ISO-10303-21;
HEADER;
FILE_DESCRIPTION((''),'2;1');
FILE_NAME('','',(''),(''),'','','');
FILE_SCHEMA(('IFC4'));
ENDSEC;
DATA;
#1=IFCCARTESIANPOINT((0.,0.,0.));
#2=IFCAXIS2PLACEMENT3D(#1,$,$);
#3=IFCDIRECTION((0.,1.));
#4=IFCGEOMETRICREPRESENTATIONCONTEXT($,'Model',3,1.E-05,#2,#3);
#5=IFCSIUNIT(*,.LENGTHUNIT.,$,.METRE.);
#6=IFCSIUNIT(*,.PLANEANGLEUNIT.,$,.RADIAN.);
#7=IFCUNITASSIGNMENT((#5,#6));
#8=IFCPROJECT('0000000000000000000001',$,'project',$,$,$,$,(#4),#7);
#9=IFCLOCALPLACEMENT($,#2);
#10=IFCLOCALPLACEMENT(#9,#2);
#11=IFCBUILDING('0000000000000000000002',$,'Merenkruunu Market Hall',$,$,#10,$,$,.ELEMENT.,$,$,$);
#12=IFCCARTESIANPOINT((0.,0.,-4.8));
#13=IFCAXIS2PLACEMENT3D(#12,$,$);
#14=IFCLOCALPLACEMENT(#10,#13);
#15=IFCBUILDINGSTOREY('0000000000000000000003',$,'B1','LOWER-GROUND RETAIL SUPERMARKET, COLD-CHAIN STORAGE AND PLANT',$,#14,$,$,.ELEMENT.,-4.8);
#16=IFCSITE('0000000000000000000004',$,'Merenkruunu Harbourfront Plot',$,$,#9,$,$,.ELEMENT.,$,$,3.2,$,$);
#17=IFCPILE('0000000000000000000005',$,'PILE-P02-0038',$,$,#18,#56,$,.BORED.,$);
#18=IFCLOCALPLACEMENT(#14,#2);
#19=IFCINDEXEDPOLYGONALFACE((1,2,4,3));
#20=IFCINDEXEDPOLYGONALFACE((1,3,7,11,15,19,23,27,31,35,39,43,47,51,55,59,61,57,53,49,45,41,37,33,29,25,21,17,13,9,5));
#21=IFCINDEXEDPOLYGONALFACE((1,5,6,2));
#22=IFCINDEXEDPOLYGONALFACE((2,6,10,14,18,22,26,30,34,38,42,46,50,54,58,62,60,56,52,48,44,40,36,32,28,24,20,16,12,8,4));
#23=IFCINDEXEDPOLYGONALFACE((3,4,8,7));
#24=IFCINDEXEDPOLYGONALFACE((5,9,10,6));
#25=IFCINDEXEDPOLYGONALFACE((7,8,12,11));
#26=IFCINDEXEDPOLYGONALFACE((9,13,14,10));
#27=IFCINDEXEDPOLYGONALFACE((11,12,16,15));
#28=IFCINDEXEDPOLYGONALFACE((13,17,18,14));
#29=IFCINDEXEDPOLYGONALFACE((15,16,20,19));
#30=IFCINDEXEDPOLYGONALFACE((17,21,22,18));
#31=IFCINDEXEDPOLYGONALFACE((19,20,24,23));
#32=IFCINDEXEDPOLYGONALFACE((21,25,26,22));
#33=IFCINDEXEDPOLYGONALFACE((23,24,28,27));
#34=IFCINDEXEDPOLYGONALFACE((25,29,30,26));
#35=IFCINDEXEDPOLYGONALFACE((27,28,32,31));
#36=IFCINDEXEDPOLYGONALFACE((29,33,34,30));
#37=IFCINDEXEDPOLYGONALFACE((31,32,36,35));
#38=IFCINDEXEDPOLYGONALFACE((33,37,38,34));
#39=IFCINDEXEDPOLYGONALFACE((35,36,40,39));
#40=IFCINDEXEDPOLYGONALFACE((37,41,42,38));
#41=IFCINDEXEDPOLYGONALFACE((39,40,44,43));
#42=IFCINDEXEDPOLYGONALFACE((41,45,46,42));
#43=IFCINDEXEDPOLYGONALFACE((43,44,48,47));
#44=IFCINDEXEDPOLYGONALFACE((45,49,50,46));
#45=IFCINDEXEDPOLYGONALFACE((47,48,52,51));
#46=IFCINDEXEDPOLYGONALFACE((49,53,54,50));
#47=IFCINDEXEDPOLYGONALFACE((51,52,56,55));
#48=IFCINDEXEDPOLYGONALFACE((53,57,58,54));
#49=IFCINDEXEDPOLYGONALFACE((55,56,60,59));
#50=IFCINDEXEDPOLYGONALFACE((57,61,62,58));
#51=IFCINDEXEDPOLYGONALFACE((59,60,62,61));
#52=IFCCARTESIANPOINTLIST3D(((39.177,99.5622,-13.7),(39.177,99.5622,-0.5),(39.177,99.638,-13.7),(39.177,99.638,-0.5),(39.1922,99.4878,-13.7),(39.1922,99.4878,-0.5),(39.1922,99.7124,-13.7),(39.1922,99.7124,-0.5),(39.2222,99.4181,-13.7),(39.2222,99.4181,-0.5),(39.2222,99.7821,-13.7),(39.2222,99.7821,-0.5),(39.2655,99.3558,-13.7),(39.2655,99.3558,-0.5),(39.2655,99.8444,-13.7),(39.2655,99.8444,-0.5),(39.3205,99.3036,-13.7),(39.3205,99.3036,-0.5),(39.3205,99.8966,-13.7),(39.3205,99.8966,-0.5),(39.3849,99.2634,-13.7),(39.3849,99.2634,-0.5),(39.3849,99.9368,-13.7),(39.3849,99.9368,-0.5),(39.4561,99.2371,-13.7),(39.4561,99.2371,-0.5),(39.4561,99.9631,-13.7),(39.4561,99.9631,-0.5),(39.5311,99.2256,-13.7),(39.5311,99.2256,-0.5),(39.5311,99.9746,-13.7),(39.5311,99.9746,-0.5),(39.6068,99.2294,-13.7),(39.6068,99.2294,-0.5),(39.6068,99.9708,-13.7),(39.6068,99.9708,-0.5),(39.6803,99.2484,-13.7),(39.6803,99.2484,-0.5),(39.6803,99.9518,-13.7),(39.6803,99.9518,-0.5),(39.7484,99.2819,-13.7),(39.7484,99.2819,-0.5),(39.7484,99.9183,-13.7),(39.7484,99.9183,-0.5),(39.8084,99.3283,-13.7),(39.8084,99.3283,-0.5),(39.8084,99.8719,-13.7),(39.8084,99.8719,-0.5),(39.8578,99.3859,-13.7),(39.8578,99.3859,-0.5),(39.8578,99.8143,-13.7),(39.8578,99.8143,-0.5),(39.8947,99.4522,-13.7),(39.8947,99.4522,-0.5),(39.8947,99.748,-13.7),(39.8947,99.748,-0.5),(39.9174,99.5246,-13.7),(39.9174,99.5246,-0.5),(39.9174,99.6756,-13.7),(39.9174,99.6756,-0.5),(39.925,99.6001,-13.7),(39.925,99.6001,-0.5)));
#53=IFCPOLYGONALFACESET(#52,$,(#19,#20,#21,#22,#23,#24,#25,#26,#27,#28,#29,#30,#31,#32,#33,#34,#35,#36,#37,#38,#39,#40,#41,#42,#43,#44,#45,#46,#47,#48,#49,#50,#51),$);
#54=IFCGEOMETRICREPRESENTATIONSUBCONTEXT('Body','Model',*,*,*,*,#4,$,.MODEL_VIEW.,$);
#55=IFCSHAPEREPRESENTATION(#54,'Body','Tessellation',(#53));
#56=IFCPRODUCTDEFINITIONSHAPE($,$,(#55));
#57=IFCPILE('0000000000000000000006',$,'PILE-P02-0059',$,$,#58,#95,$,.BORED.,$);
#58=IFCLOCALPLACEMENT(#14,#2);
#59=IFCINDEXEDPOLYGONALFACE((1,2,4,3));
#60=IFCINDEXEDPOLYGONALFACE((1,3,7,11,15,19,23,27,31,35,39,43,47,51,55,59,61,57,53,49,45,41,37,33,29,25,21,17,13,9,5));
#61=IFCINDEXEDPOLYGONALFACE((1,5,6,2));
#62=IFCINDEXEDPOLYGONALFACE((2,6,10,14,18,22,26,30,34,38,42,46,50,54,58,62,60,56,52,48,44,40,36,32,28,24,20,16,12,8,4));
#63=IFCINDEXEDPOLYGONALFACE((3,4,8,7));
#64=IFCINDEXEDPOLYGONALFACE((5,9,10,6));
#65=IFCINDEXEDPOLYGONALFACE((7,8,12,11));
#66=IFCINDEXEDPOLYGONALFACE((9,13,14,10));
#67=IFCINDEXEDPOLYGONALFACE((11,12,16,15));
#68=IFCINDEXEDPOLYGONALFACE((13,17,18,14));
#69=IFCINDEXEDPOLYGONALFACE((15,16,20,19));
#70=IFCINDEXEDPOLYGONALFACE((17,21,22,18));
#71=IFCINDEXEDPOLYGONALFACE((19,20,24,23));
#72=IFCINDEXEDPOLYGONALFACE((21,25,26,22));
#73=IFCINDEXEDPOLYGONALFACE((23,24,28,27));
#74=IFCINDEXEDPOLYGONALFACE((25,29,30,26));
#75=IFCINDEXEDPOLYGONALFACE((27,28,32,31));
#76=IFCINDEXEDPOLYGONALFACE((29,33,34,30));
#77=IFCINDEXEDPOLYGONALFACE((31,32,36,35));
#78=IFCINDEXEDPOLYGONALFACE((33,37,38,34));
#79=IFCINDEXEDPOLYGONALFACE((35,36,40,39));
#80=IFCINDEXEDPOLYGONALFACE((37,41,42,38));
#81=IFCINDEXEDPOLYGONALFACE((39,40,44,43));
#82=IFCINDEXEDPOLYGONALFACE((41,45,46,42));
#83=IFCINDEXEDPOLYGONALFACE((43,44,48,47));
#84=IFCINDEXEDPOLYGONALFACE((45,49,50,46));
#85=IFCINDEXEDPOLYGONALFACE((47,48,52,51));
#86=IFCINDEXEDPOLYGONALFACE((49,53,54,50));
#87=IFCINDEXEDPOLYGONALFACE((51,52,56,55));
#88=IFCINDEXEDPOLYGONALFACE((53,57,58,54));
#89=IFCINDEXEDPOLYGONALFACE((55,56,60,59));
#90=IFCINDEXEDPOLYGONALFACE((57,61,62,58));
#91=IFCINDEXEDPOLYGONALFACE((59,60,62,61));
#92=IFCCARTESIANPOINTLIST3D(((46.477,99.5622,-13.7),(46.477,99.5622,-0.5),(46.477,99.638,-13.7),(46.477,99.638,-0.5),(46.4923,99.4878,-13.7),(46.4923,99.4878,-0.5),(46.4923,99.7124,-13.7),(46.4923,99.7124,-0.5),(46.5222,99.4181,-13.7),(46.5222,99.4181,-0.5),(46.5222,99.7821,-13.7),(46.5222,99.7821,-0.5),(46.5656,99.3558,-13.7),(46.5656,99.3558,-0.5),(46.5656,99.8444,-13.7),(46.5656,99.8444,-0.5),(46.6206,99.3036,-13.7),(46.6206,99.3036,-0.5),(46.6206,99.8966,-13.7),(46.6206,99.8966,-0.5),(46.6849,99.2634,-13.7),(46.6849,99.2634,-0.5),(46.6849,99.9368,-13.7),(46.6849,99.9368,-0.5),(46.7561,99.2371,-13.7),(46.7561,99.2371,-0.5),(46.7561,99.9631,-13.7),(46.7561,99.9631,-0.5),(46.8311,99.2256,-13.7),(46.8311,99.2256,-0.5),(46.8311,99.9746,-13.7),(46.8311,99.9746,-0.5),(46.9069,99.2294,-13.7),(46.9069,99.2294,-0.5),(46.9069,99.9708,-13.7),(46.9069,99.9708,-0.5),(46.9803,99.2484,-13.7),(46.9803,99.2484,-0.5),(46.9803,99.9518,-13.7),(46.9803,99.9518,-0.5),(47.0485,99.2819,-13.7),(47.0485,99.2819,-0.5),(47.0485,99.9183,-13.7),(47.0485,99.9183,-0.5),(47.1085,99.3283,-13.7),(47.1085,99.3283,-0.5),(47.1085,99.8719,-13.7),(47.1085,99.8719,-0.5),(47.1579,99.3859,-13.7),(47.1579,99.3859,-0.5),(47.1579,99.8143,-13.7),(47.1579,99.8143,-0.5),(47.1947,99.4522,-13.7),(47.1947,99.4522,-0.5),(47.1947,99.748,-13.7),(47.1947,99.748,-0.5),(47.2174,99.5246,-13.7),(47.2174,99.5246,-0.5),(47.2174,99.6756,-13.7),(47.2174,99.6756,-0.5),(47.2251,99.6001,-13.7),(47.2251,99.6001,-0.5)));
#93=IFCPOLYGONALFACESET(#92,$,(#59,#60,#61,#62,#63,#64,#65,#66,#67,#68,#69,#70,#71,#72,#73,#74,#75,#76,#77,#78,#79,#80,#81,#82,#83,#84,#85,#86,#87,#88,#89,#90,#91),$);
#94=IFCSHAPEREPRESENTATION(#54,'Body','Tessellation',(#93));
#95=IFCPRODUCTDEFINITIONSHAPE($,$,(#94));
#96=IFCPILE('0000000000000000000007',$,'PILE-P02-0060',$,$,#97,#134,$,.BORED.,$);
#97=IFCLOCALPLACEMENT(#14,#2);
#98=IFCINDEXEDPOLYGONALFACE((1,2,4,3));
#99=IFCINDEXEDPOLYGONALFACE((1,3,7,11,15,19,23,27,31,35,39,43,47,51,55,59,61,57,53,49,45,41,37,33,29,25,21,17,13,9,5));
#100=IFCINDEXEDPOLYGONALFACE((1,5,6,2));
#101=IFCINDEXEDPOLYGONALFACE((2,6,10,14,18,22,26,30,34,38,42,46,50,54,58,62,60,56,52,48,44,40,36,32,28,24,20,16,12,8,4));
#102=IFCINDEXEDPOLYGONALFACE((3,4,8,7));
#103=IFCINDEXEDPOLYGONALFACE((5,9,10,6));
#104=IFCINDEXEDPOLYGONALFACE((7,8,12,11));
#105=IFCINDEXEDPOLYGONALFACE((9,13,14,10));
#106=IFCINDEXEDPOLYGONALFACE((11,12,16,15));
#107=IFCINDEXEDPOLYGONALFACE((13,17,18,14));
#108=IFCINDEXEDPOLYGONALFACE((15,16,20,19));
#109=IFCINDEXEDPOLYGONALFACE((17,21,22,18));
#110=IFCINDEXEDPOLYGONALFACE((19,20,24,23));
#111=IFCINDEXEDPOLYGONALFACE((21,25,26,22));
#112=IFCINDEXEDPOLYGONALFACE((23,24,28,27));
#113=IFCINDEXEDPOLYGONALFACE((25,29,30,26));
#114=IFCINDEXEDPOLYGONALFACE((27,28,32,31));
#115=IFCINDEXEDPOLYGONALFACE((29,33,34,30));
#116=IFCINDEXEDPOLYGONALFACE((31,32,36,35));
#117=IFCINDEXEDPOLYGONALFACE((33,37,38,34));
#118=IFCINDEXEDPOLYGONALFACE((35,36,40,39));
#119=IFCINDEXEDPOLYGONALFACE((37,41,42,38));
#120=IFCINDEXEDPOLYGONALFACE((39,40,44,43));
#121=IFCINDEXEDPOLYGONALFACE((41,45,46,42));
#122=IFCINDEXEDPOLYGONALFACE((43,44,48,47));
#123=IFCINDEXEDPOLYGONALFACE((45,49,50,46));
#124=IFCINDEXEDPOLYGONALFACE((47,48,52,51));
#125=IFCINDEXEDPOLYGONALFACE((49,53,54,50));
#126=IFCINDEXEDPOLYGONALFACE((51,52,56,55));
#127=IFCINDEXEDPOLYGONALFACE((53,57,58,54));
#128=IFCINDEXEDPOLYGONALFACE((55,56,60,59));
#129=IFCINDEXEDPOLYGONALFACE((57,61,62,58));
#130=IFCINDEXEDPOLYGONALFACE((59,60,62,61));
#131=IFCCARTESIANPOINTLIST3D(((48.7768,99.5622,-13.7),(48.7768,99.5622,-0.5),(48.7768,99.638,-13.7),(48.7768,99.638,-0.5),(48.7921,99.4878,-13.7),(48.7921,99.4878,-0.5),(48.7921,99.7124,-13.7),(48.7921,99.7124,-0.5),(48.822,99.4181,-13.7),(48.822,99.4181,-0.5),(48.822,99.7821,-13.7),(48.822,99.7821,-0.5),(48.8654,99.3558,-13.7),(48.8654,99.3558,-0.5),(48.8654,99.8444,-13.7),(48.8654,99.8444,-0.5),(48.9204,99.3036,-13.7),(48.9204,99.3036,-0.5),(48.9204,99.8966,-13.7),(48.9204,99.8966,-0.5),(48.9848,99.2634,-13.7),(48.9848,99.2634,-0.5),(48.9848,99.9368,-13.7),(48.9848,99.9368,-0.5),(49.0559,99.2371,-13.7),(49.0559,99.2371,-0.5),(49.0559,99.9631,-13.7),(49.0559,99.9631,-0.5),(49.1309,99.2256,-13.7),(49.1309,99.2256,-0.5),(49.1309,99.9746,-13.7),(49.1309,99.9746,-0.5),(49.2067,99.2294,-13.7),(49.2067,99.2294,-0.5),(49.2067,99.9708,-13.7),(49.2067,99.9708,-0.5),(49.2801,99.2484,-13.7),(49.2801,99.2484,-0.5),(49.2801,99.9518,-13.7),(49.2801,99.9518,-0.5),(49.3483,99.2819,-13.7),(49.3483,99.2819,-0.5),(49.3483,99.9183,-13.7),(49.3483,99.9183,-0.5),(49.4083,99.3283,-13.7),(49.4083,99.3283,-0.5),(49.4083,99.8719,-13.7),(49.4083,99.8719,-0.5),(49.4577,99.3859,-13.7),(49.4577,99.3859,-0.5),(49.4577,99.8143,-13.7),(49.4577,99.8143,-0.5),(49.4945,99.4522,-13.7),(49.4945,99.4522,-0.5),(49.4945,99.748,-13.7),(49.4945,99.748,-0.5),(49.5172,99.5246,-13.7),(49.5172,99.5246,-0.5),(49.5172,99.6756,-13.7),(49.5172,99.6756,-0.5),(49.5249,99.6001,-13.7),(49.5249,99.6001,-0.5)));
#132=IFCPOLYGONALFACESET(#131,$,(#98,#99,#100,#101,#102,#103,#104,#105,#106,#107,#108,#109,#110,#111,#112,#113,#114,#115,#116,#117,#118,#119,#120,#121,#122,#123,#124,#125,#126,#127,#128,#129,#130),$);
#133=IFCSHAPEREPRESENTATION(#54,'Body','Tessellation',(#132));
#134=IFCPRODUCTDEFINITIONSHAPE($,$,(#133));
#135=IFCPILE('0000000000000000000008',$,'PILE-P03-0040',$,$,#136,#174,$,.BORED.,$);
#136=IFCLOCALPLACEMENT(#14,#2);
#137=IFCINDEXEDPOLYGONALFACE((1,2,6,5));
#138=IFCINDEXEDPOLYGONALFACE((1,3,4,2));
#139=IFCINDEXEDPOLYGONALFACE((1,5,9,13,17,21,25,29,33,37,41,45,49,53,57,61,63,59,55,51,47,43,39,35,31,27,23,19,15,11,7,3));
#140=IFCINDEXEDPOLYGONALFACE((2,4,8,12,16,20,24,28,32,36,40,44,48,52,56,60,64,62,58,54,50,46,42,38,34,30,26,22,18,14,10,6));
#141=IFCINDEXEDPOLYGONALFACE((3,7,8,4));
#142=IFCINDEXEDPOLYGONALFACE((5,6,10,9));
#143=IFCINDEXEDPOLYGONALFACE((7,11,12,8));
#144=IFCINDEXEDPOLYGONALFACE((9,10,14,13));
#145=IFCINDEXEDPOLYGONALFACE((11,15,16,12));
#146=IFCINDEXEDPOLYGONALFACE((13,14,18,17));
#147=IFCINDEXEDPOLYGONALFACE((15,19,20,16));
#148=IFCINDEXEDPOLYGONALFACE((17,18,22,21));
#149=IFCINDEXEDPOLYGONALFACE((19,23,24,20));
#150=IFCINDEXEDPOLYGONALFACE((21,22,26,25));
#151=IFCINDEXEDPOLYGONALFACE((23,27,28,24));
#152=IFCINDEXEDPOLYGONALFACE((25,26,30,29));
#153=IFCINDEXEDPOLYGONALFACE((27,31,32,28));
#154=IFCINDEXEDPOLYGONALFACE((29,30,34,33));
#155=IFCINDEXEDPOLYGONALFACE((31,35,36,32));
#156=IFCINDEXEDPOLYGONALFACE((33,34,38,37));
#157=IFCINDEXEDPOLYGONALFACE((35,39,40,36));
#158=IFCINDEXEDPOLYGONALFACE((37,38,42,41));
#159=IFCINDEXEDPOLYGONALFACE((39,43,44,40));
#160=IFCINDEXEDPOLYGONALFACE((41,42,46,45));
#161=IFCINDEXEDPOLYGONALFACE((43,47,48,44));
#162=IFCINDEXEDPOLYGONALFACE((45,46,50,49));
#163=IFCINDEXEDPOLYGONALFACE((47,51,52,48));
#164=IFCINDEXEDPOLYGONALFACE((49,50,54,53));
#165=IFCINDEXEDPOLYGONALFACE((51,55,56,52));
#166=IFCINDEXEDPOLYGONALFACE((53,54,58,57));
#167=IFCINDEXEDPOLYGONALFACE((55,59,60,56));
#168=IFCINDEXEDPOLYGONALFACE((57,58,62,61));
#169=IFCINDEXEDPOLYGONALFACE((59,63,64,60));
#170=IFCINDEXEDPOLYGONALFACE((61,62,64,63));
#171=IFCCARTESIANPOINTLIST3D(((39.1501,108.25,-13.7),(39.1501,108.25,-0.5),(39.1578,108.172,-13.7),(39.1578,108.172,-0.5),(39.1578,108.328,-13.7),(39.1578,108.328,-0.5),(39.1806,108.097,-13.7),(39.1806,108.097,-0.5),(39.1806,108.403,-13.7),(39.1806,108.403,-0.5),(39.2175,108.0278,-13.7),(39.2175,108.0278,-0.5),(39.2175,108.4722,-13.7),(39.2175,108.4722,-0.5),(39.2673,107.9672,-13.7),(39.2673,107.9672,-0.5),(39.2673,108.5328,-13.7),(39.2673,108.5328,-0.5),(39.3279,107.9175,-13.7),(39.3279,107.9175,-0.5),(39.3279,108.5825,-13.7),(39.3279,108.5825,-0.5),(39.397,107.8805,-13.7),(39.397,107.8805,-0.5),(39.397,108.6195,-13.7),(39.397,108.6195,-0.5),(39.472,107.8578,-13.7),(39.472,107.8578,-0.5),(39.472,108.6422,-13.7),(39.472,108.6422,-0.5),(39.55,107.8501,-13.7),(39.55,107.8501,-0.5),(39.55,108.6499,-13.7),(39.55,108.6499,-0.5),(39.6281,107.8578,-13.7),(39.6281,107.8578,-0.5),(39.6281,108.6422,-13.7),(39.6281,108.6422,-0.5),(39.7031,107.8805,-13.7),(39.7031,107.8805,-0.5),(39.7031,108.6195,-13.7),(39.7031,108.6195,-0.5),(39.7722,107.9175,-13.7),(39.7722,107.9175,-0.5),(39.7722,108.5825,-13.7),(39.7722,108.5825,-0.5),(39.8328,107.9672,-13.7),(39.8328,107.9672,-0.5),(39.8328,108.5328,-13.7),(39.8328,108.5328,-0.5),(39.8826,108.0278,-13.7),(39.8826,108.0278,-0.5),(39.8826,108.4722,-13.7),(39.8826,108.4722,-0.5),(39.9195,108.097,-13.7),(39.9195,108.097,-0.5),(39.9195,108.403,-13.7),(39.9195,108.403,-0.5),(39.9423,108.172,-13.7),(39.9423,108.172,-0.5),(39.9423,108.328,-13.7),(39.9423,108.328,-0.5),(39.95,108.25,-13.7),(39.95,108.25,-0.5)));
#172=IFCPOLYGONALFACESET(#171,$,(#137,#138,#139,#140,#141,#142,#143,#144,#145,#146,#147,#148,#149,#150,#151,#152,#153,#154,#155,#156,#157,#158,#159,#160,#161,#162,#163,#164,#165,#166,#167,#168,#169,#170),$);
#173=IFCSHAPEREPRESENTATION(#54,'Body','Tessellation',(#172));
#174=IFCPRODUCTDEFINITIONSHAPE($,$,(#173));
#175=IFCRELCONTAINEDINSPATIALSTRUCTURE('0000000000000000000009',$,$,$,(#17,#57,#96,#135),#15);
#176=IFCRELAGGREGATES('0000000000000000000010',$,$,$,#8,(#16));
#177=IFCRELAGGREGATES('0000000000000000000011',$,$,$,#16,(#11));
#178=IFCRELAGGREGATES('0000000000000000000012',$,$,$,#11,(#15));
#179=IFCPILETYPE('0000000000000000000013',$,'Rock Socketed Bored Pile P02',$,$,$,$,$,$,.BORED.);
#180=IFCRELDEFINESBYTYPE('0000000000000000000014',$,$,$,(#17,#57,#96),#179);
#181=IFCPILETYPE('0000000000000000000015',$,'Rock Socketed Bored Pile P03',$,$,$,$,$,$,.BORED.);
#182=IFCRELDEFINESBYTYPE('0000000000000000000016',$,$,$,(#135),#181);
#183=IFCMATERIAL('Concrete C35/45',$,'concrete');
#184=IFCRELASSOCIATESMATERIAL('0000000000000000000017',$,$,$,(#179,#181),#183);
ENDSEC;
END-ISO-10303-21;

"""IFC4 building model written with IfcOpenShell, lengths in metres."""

from ifc_helpers import new_model, si_unit, direction, frame, origin, origin_2d, place, context, subcontext, project, spatial, circle, extrude, material, material_profile, profile_set, type_object, element, save


model = new_model("IFC4")

# Units and contexts
model_context = context("Model", 3, precision=1e-05, world=origin(), true_north=direction((0.0, 1.0)))
body_context = subcontext(model_context, "Body", "Model", "MODEL_VIEW")
ifc_project = project(units=[si_unit("LENGTHUNIT", "METRE"), si_unit("PLANEANGLEUNIT", "RADIAN")], contexts=[model_context])

# Site, building, storey
site_placement = place(None, origin())
site = spatial("IfcSite", under=ifc_project, at=site_placement, Name="Merenkruunu Harbourfront Plot", CompositionType="ELEMENT", RefElevation=3.2)
building_placement = place(site_placement, origin())
building = spatial("IfcBuilding", under=site, at=building_placement, Name="Merenkruunu Market Hall", CompositionType="ELEMENT")
storey_placement = place(building_placement, frame((0.0, 0.0, -4.8)))
storey = spatial("IfcBuildingStorey", under=building, at=storey_placement, Name="B1", Description="LOWER-GROUND RETAIL SUPERMARKET, COLD-CHAIN STORAGE AND PLANT", CompositionType="ELEMENT", Elevation=-4.8)

# Piles
ifc_material_1 = material(Name="Concrete C35/45", Category="concrete")
ifc_material_profile_1 = material_profile(ifc_material_1, circle(Radius=0.375, at=origin_2d()), Name="BORED PILE 750")
ifc_profile_set_1 = profile_set([ifc_material_profile_1], Name="Concrete C35/45")
pile_type_1 = type_object("IfcPileType", Name="Rock Socketed Bored Pile P02", PredefinedType="BORED", material=ifc_profile_set_1)
for number, where, z_axis, x_axis, name in (
    (1, (39.55, 99.6001, -0.5), (0.0, 0.0, -1.0), (1.0, 0.0, 0.0), "PILE-P02-0038"),
    (2, (46.8501, 99.6001, -0.5), (0.0, 0.0, -1.0), (1.0, 0.0, 0.0), "PILE-P02-0059"),
    (3, (49.1499, 99.6001, -0.5), (0.0, 0.0, -1.0), (1.0, 0.0, 0.0), "PILE-P02-0060"),
):
    element("IfcPile", number, at=place(storey_placement, frame(where, z_axis=z_axis, x_axis=x_axis)), inside=storey, type_object=pile_type_1, Name=name, PredefinedType="BORED", context=body_context, shape_type="SweptSolid", body=[
        extrude(circle(Radius=0.375, at=origin_2d()), origin(), (0.0, 0.0, 1.0), 13.2),
    ])
ifc_material_profile_2 = material_profile(ifc_material_1, circle(Radius=0.3999, at=origin_2d()), Name="BORED PILE 800")
ifc_profile_set_2 = profile_set([ifc_material_profile_2], Name="Concrete C35/45")
pile_type_2 = type_object("IfcPileType", Name="Rock Socketed Bored Pile P03", PredefinedType="BORED", material=ifc_profile_set_2)
for number, where, z_axis, x_axis, name in (
    (4, (39.55, 108.25, -0.5), (0.0, 0.0, -1.0), (1.0, 0.0, 0.0), "PILE-P03-0040"),
):
    element("IfcPile", number, at=place(storey_placement, frame(where, z_axis=z_axis, x_axis=x_axis)), inside=storey, type_object=pile_type_2, Name=name, PredefinedType="BORED", context=body_context, shape_type="SweptSolid", body=[
        extrude(circle(Radius=0.3999, at=origin_2d()), origin(), (0.0, 0.0, 1.0), 13.2),
    ])

save(model, "model.ifc")
